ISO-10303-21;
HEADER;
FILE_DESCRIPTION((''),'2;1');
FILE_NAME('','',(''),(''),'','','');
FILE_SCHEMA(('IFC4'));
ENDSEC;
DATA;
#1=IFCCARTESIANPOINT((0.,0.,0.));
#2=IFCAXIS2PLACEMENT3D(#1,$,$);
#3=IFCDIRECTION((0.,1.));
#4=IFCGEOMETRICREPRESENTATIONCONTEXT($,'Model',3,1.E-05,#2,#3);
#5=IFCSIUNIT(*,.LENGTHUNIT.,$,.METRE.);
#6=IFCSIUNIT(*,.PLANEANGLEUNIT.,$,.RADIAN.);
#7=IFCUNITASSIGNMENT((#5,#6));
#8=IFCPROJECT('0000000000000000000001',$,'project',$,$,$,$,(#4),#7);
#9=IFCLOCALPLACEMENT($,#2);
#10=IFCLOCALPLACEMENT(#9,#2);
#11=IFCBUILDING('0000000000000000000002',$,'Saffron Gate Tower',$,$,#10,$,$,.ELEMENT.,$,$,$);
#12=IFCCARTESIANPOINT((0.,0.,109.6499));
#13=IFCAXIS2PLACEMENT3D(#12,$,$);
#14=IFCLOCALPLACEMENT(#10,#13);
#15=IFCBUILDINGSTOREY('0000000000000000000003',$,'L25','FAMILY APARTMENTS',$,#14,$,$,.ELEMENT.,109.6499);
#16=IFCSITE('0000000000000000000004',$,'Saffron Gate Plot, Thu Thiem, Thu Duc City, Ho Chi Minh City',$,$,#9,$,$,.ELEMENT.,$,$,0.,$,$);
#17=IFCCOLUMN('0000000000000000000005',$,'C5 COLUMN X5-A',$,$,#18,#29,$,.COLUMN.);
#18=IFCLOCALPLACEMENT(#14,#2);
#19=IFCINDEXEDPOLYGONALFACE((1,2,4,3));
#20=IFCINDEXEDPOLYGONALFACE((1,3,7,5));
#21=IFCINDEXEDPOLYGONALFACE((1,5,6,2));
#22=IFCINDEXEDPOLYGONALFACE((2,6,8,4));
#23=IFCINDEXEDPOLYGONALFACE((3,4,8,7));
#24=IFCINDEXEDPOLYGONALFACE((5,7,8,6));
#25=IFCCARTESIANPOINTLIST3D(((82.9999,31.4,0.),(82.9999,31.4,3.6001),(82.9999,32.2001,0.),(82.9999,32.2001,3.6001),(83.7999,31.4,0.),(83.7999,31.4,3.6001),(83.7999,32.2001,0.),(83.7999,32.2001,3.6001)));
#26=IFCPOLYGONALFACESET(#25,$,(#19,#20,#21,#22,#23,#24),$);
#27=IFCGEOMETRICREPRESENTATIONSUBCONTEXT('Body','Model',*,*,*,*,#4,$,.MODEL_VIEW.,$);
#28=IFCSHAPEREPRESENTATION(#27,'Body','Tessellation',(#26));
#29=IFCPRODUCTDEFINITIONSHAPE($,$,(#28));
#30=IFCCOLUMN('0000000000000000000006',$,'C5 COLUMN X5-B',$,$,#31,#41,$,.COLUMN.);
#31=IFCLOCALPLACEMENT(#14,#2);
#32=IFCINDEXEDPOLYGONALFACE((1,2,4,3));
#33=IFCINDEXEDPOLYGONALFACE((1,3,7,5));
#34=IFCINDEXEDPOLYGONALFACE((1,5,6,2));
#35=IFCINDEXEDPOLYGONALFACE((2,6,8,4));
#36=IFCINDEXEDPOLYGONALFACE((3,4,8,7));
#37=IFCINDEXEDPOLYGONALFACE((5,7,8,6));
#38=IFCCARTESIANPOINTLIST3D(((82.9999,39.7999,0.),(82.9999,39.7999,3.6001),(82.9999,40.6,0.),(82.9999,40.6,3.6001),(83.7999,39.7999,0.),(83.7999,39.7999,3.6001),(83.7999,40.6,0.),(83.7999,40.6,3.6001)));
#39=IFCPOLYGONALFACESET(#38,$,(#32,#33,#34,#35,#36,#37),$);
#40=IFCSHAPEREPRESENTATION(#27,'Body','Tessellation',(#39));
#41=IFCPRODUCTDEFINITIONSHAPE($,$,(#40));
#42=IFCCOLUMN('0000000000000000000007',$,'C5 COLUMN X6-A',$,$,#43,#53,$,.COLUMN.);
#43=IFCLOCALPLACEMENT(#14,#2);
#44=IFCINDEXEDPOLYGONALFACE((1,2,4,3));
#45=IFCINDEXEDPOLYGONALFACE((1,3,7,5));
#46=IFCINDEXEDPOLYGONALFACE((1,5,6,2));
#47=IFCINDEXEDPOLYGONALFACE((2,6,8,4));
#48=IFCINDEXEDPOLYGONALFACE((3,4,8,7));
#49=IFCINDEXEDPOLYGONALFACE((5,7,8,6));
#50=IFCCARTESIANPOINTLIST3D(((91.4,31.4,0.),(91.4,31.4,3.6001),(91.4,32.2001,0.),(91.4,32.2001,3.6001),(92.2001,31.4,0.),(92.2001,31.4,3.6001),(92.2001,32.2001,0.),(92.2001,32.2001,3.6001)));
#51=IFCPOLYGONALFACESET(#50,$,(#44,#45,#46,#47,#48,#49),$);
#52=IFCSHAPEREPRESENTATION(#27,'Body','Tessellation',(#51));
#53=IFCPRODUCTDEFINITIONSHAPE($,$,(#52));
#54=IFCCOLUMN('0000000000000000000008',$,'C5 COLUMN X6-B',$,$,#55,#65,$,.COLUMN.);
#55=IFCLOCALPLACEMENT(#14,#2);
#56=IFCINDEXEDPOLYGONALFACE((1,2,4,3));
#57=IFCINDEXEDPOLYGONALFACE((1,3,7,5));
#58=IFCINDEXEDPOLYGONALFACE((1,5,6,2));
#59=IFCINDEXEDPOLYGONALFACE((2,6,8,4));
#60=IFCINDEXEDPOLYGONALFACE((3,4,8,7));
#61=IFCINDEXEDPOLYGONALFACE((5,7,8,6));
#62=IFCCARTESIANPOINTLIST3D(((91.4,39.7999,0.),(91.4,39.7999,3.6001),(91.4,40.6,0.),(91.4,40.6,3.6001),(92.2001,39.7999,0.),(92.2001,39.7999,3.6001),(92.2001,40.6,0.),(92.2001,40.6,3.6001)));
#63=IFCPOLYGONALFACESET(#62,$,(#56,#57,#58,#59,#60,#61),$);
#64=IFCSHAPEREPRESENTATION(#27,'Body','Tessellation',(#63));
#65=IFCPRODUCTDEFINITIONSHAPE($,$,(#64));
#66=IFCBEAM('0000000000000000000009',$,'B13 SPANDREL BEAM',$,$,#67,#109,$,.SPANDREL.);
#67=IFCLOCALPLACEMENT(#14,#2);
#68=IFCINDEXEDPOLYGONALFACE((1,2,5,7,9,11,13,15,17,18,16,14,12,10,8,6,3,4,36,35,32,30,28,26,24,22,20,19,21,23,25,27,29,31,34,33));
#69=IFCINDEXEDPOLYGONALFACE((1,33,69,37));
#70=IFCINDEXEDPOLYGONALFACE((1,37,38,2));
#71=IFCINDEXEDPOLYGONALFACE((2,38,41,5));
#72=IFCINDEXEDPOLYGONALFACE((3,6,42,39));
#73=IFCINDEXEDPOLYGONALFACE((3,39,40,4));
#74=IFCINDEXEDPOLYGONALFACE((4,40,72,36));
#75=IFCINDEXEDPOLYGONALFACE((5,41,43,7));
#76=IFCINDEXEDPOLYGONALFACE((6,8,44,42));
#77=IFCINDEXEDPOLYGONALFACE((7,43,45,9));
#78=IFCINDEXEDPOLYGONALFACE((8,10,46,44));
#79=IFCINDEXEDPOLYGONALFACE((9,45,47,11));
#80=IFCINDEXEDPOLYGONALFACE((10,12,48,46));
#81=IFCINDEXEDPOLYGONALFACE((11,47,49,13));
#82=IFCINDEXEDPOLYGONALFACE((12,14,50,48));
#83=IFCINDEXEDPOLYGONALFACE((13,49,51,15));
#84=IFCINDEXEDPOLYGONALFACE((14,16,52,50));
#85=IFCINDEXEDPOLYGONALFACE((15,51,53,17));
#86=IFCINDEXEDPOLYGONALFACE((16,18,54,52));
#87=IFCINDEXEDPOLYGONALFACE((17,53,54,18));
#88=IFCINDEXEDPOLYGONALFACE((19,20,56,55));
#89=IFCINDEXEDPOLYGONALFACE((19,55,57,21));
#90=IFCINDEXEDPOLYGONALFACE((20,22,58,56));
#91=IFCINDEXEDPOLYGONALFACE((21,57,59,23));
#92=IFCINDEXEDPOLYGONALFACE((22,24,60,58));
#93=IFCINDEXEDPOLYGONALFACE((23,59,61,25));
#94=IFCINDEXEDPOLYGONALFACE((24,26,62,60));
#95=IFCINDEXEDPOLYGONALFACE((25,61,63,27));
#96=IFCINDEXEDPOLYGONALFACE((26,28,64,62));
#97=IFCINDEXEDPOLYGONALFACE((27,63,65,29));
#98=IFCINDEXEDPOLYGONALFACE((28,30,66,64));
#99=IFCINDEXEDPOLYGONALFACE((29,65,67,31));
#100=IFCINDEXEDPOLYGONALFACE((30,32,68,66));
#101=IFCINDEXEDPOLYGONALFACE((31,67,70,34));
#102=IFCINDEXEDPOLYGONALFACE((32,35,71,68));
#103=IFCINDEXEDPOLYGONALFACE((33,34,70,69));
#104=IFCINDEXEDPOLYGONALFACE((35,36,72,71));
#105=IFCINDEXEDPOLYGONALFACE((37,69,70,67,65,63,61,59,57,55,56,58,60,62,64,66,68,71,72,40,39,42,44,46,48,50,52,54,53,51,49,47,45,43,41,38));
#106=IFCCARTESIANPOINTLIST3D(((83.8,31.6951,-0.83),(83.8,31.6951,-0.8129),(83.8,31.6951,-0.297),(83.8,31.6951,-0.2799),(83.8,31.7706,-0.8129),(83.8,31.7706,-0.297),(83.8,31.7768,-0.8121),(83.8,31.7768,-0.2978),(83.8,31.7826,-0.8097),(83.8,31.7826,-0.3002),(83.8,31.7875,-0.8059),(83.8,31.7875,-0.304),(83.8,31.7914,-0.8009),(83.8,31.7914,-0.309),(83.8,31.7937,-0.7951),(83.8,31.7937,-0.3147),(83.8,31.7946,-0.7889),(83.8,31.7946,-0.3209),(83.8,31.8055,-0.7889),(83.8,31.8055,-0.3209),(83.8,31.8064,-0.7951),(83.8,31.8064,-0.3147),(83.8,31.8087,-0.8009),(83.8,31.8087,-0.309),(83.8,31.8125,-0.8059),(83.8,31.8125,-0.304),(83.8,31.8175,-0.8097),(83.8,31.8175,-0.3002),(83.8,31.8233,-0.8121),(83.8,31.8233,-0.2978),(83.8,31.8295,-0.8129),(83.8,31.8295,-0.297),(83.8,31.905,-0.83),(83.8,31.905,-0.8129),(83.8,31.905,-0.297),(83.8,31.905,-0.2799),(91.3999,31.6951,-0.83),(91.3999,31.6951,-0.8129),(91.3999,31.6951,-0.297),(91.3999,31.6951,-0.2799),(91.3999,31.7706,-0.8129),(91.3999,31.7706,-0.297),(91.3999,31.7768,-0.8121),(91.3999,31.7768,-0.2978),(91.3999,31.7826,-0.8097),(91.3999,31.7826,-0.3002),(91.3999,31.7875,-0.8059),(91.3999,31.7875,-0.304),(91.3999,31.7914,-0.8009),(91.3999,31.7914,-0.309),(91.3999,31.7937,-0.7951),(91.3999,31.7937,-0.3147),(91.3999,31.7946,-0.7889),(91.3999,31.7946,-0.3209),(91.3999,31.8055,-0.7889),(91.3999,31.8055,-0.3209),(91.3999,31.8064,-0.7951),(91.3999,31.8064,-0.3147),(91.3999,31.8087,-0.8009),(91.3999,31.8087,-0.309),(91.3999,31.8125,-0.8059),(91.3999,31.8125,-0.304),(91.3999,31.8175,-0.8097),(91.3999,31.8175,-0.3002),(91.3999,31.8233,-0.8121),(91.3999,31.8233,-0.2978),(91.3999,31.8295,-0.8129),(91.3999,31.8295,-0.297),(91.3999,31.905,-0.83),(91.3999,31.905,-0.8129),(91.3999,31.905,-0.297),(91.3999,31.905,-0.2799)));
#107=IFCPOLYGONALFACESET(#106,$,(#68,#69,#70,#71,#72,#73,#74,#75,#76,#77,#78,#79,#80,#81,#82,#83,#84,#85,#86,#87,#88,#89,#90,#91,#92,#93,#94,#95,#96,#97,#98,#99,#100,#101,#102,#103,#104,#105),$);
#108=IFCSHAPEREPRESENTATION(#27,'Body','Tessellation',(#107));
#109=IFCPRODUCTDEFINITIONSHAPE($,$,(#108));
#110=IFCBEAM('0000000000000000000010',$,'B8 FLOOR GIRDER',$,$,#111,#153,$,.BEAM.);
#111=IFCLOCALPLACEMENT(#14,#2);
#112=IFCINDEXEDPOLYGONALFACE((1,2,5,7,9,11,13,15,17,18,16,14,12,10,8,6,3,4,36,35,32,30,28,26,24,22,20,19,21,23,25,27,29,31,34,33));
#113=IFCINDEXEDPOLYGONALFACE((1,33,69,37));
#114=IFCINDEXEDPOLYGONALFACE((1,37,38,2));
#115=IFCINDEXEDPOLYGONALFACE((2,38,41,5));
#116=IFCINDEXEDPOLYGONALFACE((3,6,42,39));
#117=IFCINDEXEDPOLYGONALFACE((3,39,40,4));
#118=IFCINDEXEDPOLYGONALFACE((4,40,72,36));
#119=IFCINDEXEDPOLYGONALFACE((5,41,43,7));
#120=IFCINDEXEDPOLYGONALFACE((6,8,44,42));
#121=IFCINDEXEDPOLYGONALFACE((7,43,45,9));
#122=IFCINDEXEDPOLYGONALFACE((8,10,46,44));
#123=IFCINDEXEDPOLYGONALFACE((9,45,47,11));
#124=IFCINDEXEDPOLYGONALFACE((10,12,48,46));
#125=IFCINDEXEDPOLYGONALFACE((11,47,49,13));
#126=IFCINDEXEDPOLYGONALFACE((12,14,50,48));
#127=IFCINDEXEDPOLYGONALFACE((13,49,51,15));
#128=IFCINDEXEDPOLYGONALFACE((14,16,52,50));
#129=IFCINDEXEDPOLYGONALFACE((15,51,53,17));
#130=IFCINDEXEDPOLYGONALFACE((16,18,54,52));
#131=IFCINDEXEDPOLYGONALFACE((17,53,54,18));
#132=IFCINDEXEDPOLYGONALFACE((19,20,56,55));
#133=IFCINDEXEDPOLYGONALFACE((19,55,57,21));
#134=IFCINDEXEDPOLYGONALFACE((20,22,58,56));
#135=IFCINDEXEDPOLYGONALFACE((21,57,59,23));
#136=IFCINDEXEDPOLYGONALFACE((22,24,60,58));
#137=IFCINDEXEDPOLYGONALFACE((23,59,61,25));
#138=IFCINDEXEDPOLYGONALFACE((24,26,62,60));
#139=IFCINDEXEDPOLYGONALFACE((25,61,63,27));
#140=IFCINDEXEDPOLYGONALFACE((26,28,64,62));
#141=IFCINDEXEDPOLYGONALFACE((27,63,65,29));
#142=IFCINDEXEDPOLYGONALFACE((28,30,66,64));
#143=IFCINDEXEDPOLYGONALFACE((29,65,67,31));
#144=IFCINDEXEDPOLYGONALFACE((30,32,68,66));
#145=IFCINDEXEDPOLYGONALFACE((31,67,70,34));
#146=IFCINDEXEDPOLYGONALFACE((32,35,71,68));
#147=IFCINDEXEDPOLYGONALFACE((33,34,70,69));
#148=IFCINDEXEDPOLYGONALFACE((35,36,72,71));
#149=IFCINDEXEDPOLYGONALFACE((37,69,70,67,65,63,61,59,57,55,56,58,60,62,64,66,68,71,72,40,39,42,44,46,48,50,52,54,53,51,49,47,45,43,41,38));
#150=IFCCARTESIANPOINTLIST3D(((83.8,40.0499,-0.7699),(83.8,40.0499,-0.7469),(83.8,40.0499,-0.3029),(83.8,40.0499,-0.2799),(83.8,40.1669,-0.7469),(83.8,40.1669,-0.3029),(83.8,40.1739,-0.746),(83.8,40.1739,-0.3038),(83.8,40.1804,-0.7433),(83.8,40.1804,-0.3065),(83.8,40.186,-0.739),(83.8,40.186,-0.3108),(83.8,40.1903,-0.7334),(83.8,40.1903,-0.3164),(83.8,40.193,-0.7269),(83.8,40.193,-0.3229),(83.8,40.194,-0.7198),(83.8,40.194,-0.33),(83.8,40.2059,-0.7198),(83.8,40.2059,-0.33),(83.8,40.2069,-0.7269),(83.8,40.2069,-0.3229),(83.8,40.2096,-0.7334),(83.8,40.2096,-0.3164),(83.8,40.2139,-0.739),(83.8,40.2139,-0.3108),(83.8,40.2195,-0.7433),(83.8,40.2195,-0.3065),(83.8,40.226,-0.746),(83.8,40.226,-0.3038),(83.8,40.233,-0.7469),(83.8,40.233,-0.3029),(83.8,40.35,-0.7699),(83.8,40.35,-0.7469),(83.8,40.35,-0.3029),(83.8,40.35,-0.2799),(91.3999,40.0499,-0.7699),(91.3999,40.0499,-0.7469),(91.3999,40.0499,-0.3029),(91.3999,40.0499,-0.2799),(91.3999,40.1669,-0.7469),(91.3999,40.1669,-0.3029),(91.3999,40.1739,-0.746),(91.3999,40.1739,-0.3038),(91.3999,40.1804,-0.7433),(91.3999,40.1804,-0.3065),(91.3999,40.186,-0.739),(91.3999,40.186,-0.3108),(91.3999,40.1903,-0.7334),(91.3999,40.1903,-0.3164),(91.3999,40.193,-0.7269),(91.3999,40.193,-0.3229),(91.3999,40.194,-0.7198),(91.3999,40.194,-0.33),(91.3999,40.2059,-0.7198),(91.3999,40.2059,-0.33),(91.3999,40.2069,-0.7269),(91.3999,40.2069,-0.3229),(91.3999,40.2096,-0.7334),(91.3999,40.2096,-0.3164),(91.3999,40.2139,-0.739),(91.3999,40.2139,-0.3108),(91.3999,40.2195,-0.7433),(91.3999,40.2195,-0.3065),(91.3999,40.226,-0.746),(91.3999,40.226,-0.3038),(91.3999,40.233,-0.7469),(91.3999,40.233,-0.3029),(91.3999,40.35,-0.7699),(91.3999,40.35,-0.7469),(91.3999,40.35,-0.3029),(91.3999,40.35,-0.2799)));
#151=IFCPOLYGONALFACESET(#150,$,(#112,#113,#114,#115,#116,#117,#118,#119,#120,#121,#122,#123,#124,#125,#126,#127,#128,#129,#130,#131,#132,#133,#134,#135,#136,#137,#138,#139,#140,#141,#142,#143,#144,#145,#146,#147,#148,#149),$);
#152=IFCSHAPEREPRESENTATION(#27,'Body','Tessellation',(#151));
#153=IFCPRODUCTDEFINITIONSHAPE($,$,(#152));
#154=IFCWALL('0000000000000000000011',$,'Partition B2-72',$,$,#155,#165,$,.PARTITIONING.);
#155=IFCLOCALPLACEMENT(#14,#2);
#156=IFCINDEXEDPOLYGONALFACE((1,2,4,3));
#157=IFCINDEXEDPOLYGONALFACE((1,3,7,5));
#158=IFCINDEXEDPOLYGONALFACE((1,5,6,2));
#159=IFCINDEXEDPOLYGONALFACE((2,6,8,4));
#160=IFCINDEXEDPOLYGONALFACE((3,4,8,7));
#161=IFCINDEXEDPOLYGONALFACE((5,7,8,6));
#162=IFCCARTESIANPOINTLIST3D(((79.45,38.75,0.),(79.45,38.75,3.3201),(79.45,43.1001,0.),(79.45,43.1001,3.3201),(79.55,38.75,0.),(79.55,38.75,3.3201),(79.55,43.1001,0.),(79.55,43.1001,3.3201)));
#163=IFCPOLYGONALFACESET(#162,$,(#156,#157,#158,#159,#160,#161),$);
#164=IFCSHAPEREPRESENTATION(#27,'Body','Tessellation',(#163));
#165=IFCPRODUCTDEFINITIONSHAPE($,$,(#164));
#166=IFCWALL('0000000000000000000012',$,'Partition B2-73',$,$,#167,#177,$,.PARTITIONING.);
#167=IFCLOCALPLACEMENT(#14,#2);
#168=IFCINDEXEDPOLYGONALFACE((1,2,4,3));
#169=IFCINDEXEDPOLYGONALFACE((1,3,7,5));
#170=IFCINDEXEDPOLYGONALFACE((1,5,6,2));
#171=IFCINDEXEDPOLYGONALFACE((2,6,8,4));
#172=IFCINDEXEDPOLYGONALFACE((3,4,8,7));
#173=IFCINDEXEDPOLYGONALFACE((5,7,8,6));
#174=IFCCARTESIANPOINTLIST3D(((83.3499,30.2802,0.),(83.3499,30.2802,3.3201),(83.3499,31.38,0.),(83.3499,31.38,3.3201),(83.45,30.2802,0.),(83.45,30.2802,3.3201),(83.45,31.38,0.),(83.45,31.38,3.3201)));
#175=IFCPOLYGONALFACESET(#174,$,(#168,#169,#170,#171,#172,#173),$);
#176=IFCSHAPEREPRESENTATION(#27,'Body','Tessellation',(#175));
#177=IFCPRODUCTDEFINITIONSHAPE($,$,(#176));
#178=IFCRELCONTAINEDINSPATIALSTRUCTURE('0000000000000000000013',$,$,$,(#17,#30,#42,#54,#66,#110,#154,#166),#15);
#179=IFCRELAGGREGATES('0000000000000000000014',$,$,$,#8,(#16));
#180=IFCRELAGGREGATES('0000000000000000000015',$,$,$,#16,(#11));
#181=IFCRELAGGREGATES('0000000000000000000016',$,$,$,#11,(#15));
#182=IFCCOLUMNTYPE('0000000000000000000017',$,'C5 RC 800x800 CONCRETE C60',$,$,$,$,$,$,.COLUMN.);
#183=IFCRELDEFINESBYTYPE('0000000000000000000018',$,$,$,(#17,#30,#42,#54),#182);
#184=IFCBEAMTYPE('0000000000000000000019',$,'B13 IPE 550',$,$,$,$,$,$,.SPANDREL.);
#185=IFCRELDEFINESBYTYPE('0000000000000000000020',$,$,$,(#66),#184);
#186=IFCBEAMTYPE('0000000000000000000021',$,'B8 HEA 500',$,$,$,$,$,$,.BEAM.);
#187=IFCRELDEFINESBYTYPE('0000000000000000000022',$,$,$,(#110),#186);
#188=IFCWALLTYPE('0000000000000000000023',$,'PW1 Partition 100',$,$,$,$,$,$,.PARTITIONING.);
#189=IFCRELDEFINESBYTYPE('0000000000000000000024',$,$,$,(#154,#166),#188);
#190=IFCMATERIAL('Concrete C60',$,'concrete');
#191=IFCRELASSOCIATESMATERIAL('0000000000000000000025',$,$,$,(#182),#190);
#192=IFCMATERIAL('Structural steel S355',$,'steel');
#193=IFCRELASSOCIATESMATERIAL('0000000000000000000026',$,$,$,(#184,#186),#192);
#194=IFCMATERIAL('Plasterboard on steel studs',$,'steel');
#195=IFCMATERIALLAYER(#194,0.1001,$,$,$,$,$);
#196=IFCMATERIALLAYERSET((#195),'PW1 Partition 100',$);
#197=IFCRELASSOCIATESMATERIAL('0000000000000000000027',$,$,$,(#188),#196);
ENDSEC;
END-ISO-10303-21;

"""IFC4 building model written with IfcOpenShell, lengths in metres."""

from ifc_helpers import new_model, si_unit, direction, frame, frame_2d, origin, origin_2d, place, context, subcontext, project, spatial, rectangle, i_section, extrude, material, layer, layer_set, material_profile, profile_set, type_object, element, save


model = new_model("IFC4")

# Units and contexts
model_context = context("Model", 3, precision=1e-05, world=origin(), true_north=direction((0.0, 1.0)))
body_context = subcontext(model_context, "Body", "Model", "MODEL_VIEW")
ifc_project = project(units=[si_unit("LENGTHUNIT", "METRE"), si_unit("PLANEANGLEUNIT", "RADIAN")], contexts=[model_context])

# Site, building, storey
site_placement = place(None, origin())
site = spatial("IfcSite", under=ifc_project, at=site_placement, Name="Saffron Gate Plot, Thu Thiem, Thu Duc City, Ho Chi Minh City", CompositionType="ELEMENT", RefElevation=0.0)
building_placement = place(site_placement, origin())
building = spatial("IfcBuilding", under=site, at=building_placement, Name="Saffron Gate Tower", CompositionType="ELEMENT")
storey_placement = place(building_placement, frame((0.0, 0.0, 109.6499)))
storey = spatial("IfcBuildingStorey", under=building, at=storey_placement, Name="L25", Description="FAMILY APARTMENTS", CompositionType="ELEMENT", Elevation=109.6499)

# Columns
ifc_material_1 = material(Name="Concrete C60", Category="concrete")
ifc_material_profile_1 = material_profile(ifc_material_1, rectangle(XDim=0.8, YDim=0.8, at=origin_2d()))
ifc_profile_set_1 = profile_set([ifc_material_profile_1], Name="Concrete C60")
column_type = type_object("IfcColumnType", Name="C5 RC 800x800 CONCRETE C60", PredefinedType="COLUMN", material=ifc_profile_set_1)
for number, where, z_axis, x_axis, name in (
    (1, (83.3999, 31.8, 0.0), (0.0, 0.0, 1.0), (1.0, 0.0, 0.0), "C5 COLUMN X5-A"),
    (2, (83.3999, 40.2, 0.0), (0.0, 0.0, 1.0), (1.0, 0.0, 0.0), "C5 COLUMN X5-B"),
    (3, (91.8, 31.8, 0.0), (0.0, 0.0, 1.0), (1.0, 0.0, 0.0), "C5 COLUMN X6-A"),
    (4, (91.8, 40.2, 0.0), (0.0, 0.0, 1.0), (1.0, 0.0, 0.0), "C5 COLUMN X6-B"),
):
    element("IfcColumn", number, at=place(storey_placement, frame(where, z_axis=z_axis, x_axis=x_axis)), inside=storey, type_object=column_type, Name=name, PredefinedType="COLUMN", context=body_context, shape_type="SweptSolid", body=[
        extrude(rectangle(XDim=0.8, YDim=0.8, at=origin_2d()), origin(), (0.0, 0.0, 1.0), 3.6001),
    ])

# Beams
ifc_material_2 = material(Name="Structural steel S355", Category="steel")
ifc_material_profile_2 = material_profile(ifc_material_2, i_section(OverallWidth=0.21, OverallDepth=0.55, WebThickness=0.011, FlangeThickness=0.0171, FilletRadius=0.0239, at=origin_2d()))
ifc_profile_set_2 = profile_set([ifc_material_profile_2], Name="Structural steel S355")
beam_type_1 = type_object("IfcBeamType", Name="B13 IPE 550", PredefinedType="SPANDREL", material=ifc_profile_set_2)
beam_1_placement = place(storey_placement, frame((83.8, 31.8, -0.5549), z_axis=(1.0, 0.0, 0.0), x_axis=(0.0, 1.0, 0.0)))
element("IfcBeam", 5, at=beam_1_placement, inside=storey, type_object=beam_type_1, Name="B13 SPANDREL BEAM", PredefinedType="SPANDREL", context=body_context, shape_type="SweptSolid", body=[
    extrude(i_section(OverallWidth=0.21, OverallDepth=0.55, WebThickness=0.011, FlangeThickness=0.0171, FilletRadius=0.0239, at=origin_2d()), origin(), (0.0, 0.0, 1.0), 7.5999),
])
ifc_material_profile_3 = material_profile(ifc_material_2, i_section(OverallWidth=0.3, OverallDepth=0.49, WebThickness=0.012, FlangeThickness=0.0229, FilletRadius=0.0271, at=origin_2d()))
ifc_profile_set_3 = profile_set([ifc_material_profile_3], Name="Structural steel S355")
beam_type_2 = type_object("IfcBeamType", Name="B8 HEA 500", PredefinedType="BEAM", material=ifc_profile_set_3)
beam_2_placement = place(storey_placement, frame((83.8, 40.2, -0.5249), z_axis=(1.0, 0.0, 0.0), x_axis=(0.0, 1.0, 0.0)))
element("IfcBeam", 6, at=beam_2_placement, inside=storey, type_object=beam_type_2, Name="B8 FLOOR GIRDER", PredefinedType="BEAM", context=body_context, shape_type="SweptSolid", body=[
    extrude(i_section(OverallWidth=0.3, OverallDepth=0.49, WebThickness=0.012, FlangeThickness=0.0229, FilletRadius=0.0271, at=origin_2d()), origin(), (0.0, 0.0, 1.0), 7.5999),
])

# Walls
ifc_material_3 = material(Name="Plasterboard on steel studs", Category="steel")
ifc_layer = layer(ifc_material_3, 0.1001)
ifc_layer_set = layer_set([ifc_layer], Name="PW1 Partition 100")
wall_type = type_object("IfcWallType", Name="PW1 Partition 100", PredefinedType="PARTITIONING", material=ifc_layer_set)
wall_1_placement = place(storey_placement, frame((79.5, 43.1001, 0.0), z_axis=(0.0, 0.0, 1.0), x_axis=(0.0, -1.0, 0.0)))
element("IfcWall", 7, at=wall_1_placement, inside=storey, type_object=wall_type, Name="Partition B2-72", PredefinedType="PARTITIONING", context=body_context, shape_type="SweptSolid", body=[
    extrude(rectangle(XDim=4.3501, YDim=0.1001, at=frame_2d((2.175, 0.0))), origin(), (0.0, 0.0, 1.0), 3.3201),
])
wall_2_placement = place(storey_placement, frame((83.3999, 31.3799, 0.0), z_axis=(0.0, 0.0, 1.0), x_axis=(0.0, -1.0, 0.0)))
element("IfcWall", 8, at=wall_2_placement, inside=storey, type_object=wall_type, Name="Partition B2-73", PredefinedType="PARTITIONING", context=body_context, shape_type="SweptSolid", body=[
    extrude(rectangle(XDim=1.0999, YDim=0.1001, at=frame_2d((0.5498, 0.0))), origin(), (0.0, 0.0, 1.0), 3.3201),
])

save(model, "model.ifc")
